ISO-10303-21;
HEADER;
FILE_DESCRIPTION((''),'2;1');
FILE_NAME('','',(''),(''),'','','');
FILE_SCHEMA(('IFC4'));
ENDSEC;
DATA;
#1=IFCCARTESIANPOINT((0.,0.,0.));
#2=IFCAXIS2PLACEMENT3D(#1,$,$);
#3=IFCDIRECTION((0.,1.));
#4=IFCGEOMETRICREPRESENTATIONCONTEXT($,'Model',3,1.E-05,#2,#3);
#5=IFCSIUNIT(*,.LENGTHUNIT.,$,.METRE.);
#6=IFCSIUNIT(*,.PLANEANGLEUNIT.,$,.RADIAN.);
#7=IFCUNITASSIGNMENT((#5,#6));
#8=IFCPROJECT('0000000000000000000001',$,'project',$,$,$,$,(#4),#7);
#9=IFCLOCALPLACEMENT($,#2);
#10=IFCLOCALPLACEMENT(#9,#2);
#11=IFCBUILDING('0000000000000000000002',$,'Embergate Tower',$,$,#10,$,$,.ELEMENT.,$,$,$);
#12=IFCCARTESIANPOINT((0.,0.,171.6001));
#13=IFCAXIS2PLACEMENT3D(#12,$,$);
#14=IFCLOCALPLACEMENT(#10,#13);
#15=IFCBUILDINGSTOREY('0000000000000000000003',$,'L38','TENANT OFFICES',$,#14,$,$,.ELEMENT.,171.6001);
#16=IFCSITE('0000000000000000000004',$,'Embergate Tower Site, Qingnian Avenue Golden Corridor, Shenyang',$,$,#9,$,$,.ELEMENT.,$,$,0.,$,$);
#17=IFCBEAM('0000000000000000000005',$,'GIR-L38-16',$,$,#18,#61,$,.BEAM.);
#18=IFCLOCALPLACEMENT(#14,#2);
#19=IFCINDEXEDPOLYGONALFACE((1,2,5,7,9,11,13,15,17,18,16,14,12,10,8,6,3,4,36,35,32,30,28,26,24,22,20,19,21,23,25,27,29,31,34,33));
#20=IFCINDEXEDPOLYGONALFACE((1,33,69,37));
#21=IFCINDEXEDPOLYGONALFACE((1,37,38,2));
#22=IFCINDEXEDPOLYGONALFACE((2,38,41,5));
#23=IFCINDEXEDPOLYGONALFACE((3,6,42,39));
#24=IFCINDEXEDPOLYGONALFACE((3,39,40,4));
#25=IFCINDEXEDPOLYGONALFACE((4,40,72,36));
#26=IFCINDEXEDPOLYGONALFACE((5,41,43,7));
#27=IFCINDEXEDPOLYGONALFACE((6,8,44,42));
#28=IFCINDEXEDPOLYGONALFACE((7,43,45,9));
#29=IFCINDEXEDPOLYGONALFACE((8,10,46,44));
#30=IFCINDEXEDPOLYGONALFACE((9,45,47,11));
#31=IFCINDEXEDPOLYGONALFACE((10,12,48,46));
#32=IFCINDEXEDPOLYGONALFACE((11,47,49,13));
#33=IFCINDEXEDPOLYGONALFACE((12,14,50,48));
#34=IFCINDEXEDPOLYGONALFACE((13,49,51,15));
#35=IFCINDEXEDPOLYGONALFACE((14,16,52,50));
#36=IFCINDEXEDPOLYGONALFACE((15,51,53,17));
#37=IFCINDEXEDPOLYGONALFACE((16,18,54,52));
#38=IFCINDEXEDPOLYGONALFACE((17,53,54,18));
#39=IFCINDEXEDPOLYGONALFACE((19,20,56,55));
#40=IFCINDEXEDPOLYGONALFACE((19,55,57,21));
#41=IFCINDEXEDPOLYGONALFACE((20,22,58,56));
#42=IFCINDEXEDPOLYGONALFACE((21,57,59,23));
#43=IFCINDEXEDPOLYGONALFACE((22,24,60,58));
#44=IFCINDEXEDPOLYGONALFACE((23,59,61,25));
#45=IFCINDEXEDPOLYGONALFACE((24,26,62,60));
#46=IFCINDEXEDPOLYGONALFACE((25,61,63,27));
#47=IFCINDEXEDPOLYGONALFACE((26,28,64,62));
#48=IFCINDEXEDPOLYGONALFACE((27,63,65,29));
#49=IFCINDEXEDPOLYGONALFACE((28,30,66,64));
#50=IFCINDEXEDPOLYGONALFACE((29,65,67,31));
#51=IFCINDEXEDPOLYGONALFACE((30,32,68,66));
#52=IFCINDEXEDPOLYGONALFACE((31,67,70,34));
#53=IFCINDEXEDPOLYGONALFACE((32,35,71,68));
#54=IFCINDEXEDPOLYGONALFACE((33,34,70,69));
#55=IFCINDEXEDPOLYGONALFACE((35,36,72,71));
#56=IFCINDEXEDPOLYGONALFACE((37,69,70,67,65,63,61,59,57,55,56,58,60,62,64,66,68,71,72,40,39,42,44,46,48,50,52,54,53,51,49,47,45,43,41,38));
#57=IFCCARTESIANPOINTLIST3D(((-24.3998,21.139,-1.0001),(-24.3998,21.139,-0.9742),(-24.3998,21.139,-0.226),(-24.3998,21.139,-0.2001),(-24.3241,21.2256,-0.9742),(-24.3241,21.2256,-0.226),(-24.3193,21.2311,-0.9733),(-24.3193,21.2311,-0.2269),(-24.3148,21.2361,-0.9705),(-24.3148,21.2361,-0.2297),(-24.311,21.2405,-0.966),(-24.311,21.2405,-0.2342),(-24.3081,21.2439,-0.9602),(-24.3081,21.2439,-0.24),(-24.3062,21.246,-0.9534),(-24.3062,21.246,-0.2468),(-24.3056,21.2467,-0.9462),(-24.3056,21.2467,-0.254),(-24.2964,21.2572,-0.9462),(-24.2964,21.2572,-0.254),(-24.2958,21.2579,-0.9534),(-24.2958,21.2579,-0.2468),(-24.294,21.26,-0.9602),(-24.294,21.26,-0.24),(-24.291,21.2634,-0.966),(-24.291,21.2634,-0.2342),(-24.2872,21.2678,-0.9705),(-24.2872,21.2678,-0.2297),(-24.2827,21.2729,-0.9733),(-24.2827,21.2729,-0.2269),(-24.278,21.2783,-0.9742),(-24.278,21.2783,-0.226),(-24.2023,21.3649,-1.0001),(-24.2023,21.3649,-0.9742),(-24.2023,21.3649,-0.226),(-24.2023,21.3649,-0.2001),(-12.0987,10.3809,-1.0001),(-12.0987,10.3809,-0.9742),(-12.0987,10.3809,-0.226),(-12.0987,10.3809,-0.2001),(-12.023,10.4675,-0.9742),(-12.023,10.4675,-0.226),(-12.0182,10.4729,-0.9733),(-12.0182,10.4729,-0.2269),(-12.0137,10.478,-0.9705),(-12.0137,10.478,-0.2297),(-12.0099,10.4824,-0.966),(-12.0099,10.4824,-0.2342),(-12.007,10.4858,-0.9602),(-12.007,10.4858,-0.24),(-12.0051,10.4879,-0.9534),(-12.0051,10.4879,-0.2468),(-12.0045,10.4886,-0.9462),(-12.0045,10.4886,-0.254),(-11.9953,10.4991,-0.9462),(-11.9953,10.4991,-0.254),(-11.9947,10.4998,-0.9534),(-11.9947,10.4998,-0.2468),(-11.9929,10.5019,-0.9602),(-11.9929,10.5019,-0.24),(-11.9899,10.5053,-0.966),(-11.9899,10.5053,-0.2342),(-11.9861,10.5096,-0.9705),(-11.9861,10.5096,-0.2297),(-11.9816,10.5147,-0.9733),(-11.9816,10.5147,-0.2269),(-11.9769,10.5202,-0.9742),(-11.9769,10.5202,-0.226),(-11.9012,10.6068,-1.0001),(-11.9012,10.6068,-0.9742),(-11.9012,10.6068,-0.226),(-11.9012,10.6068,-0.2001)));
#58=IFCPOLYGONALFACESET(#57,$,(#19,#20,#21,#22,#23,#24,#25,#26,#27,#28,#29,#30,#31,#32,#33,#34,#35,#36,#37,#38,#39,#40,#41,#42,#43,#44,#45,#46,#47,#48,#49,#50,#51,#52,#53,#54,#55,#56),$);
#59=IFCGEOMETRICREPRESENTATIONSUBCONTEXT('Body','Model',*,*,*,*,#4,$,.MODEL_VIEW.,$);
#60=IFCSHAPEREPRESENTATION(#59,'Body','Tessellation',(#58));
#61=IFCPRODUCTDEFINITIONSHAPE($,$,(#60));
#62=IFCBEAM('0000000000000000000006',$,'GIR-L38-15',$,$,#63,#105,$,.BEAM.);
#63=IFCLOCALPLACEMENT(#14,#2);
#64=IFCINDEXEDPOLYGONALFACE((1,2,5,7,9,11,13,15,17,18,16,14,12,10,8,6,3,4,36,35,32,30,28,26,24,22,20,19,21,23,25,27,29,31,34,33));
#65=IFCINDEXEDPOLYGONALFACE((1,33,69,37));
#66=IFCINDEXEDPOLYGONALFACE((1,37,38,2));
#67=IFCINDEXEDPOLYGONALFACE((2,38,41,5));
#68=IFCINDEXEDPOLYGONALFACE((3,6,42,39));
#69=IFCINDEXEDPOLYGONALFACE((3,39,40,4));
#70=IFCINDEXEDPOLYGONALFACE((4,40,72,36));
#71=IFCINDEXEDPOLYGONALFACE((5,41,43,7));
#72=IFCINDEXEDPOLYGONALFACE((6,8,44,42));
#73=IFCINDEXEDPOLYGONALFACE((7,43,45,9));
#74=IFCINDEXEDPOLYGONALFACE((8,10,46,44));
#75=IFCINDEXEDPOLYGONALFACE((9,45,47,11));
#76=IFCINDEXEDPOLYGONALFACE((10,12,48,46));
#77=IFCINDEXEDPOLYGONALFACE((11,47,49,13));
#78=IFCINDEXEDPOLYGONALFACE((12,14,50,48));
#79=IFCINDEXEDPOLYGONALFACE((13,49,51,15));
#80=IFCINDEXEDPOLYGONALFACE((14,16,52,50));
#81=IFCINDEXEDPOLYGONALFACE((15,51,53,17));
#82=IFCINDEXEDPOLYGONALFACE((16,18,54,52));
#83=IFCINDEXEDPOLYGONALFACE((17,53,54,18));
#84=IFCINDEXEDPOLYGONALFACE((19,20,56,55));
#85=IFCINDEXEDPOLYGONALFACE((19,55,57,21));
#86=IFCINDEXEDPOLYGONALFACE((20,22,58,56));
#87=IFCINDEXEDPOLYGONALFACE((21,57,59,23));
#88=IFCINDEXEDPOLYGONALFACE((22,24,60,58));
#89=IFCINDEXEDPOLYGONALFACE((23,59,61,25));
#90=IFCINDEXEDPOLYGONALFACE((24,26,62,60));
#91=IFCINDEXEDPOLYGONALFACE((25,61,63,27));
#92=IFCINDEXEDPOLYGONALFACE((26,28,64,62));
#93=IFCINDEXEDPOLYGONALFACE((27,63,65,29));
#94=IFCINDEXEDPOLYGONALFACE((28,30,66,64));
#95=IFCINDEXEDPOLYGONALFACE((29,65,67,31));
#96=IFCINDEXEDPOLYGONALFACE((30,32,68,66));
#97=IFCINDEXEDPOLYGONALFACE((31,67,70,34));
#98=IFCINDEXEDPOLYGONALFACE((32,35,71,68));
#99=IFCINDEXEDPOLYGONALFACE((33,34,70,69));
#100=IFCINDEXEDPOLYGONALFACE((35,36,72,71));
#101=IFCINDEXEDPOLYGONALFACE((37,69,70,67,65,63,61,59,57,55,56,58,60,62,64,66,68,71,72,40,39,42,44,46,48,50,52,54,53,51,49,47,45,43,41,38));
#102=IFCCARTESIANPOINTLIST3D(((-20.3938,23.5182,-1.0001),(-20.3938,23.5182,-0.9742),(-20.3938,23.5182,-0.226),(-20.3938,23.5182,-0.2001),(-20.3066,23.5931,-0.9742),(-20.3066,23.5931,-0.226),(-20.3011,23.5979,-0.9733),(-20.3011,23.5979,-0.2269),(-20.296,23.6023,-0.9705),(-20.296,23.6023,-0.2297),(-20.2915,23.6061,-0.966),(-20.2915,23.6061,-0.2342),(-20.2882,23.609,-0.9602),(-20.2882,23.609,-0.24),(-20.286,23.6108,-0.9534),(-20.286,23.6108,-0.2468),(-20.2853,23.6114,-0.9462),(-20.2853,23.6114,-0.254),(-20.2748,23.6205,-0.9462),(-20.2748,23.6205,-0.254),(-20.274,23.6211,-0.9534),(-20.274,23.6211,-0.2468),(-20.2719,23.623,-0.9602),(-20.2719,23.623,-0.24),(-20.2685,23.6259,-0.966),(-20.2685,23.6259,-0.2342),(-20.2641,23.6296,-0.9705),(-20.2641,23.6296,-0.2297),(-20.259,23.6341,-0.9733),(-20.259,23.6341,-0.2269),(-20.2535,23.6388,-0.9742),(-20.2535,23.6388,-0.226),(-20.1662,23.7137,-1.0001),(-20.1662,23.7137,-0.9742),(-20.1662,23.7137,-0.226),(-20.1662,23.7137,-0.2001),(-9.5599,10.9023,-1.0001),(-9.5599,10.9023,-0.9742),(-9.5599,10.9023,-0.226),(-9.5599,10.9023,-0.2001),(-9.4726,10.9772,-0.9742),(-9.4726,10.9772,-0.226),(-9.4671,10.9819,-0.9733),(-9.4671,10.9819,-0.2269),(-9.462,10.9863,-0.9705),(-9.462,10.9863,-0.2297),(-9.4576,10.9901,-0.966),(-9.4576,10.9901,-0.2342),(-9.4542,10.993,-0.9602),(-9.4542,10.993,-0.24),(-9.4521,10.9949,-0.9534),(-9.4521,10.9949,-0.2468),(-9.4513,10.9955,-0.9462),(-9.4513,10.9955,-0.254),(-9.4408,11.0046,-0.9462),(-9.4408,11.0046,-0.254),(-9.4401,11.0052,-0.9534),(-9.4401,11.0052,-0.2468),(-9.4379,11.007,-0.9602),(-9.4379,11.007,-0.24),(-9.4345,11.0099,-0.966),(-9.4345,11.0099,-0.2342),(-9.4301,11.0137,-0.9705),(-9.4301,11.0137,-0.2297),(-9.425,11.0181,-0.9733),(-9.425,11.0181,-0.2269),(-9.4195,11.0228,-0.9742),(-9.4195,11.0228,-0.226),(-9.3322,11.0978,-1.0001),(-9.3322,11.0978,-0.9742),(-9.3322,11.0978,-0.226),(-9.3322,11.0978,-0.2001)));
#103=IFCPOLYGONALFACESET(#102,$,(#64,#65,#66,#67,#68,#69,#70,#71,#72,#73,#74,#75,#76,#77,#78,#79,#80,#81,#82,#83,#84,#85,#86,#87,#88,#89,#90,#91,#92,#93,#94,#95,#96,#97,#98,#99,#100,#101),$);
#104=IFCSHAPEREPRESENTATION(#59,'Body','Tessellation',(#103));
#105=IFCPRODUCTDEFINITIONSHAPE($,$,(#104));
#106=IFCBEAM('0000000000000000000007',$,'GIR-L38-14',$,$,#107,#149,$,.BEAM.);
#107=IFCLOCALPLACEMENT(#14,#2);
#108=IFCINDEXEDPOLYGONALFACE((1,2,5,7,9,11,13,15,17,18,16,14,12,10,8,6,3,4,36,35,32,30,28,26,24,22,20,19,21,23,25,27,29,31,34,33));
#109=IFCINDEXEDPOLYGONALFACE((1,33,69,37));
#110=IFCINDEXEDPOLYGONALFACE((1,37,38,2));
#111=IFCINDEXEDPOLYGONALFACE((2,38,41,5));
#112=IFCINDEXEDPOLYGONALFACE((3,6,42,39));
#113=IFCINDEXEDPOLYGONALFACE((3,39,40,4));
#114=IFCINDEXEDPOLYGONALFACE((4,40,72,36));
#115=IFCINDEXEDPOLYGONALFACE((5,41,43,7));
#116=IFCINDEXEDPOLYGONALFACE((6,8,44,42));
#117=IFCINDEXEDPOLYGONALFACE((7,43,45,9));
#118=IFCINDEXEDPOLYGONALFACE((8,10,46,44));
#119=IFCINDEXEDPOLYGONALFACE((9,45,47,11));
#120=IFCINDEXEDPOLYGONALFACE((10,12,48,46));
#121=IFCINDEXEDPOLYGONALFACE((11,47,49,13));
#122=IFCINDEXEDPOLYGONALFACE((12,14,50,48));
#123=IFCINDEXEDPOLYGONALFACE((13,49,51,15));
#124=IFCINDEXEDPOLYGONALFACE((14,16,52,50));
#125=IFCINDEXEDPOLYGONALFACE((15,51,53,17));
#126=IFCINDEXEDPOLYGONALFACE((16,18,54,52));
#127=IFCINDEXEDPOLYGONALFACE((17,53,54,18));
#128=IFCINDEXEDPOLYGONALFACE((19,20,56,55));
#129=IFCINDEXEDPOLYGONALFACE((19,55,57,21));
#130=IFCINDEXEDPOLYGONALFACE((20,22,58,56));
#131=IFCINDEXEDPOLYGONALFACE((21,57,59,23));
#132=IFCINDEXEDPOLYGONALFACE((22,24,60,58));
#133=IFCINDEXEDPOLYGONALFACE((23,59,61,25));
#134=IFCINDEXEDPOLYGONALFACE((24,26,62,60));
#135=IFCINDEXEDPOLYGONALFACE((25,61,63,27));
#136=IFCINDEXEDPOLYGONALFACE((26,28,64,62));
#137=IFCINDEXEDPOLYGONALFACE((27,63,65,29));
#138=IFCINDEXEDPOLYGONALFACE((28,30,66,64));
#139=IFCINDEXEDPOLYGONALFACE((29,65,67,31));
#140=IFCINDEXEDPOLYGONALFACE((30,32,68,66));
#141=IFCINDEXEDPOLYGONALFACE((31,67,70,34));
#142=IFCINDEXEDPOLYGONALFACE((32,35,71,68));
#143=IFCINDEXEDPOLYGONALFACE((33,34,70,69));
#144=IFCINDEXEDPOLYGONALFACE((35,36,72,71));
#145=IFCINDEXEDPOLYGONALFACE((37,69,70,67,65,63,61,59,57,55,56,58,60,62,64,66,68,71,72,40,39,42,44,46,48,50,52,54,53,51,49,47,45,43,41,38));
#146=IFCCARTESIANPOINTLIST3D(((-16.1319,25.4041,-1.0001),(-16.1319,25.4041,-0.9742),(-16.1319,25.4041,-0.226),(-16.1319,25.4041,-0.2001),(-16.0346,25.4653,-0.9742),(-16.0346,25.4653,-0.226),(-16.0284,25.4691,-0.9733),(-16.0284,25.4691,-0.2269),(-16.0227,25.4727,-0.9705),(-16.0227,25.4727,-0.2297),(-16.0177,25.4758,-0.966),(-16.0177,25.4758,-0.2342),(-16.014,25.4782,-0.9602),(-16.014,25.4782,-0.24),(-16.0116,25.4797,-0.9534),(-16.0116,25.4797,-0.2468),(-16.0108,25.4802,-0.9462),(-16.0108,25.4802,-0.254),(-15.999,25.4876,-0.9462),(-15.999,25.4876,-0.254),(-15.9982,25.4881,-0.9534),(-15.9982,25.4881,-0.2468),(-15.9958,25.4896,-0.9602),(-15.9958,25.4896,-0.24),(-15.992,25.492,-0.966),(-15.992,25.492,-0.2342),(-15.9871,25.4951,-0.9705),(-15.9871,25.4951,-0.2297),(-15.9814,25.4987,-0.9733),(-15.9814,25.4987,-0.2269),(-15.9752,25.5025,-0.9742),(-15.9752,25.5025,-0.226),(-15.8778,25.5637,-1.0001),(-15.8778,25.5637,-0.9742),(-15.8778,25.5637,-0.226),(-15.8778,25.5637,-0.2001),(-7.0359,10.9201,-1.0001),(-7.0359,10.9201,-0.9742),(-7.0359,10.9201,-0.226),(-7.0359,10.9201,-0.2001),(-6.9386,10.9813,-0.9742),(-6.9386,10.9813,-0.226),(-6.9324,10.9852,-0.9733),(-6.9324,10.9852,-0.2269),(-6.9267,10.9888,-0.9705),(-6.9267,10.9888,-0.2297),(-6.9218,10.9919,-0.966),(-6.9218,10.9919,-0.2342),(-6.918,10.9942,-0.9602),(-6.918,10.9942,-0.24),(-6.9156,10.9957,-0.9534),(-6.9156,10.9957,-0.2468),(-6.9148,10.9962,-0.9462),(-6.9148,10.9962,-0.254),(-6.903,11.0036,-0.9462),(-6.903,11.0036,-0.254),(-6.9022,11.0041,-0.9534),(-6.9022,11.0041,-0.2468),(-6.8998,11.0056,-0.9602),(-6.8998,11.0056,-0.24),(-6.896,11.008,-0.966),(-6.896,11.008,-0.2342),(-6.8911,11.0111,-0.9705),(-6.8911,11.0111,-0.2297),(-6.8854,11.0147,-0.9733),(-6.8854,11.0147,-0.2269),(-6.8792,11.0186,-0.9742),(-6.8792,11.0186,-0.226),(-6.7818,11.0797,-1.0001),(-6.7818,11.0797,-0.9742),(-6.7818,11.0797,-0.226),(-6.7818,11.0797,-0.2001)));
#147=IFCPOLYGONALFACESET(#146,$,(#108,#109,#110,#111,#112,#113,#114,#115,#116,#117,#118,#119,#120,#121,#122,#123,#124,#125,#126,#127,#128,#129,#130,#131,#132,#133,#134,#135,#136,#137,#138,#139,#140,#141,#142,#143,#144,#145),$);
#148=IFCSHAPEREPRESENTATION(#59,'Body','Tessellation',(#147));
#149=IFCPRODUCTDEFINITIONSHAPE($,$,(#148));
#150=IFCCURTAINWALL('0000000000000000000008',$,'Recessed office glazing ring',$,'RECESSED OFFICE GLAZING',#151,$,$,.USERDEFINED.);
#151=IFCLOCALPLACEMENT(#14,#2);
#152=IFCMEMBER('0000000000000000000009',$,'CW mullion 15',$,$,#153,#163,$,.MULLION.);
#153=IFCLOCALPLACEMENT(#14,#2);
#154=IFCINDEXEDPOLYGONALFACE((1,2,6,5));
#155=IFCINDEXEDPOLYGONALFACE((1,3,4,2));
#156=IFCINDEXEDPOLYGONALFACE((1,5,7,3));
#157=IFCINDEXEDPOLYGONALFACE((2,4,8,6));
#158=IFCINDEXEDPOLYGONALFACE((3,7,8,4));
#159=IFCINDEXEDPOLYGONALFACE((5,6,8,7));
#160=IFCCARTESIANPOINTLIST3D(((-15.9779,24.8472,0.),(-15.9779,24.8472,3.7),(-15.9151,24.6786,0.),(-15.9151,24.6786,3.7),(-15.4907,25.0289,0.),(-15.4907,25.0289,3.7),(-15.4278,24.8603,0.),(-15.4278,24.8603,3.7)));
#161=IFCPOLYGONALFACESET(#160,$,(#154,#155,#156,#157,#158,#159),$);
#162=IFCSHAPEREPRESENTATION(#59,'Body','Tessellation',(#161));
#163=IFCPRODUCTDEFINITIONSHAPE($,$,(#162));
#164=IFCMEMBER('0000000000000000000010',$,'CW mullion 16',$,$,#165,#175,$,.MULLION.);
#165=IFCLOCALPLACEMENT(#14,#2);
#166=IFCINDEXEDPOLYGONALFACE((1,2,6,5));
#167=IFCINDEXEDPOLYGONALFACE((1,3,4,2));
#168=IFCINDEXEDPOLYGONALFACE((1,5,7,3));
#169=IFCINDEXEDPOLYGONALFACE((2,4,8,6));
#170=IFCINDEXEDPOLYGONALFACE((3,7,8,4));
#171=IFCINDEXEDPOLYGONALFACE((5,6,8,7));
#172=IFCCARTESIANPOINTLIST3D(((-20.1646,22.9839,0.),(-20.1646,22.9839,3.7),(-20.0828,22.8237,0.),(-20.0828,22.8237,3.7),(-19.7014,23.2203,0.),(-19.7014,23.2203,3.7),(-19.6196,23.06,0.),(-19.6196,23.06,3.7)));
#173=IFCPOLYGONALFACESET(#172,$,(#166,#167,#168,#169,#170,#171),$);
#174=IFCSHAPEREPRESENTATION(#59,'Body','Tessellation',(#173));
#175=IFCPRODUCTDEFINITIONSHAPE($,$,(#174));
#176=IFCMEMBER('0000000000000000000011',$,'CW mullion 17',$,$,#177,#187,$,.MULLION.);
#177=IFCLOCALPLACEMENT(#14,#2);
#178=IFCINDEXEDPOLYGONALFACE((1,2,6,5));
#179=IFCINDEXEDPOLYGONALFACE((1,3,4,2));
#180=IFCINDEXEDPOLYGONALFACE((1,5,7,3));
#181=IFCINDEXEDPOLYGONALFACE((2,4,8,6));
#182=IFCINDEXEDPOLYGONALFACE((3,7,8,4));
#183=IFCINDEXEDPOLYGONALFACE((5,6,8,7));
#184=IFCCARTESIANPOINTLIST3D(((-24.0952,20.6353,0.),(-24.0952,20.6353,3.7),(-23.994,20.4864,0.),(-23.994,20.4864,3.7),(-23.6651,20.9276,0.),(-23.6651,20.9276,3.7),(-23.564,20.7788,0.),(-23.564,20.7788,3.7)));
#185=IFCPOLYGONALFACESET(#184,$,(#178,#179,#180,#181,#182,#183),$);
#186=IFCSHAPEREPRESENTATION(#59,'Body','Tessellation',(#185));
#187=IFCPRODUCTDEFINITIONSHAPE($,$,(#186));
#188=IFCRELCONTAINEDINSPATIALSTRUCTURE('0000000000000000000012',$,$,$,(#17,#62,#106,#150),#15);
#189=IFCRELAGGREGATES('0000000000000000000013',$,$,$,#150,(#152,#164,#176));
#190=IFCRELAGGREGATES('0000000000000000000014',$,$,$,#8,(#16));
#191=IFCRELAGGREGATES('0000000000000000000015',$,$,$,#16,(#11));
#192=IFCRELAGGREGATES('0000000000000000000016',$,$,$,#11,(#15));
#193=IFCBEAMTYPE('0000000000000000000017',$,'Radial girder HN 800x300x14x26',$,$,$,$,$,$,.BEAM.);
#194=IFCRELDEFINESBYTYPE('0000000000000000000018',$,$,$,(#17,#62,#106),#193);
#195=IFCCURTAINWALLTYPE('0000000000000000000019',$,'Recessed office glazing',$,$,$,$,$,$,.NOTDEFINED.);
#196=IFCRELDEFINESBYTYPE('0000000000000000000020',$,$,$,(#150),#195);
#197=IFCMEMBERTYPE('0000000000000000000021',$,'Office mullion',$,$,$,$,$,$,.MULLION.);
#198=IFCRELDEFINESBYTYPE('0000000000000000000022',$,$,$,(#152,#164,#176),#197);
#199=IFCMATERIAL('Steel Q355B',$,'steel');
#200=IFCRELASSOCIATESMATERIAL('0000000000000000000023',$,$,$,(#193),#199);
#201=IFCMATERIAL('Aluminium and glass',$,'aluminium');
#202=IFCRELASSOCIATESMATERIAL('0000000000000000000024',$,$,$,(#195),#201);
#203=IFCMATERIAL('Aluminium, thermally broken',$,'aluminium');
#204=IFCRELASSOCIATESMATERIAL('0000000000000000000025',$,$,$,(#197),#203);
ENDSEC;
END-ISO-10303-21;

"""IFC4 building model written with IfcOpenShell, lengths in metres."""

from ifc_helpers import new_model, si_unit, direction, frame, origin, origin_2d, place, context, subcontext, project, spatial, rectangle, i_section, extrude, source, transform, mapped, material, material_profile, profile_set, type_object, element, aggregate, save


model = new_model("IFC4")

# Units and contexts
model_context = context("Model", 3, precision=1e-05, world=origin(), true_north=direction((0.0, 1.0)))
body_context = subcontext(model_context, "Body", "Model", "MODEL_VIEW")
ifc_project = project(units=[si_unit("LENGTHUNIT", "METRE"), si_unit("PLANEANGLEUNIT", "RADIAN")], contexts=[model_context])

# Site, building, storey
site_placement = place(None, origin())
site = spatial("IfcSite", under=ifc_project, at=site_placement, Name="Embergate Tower Site, Qingnian Avenue Golden Corridor, Shenyang", CompositionType="ELEMENT", RefElevation=0.0)
building_placement = place(site_placement, origin())
building = spatial("IfcBuilding", under=site, at=building_placement, Name="Embergate Tower", CompositionType="ELEMENT")
storey_placement = place(building_placement, frame((0.0, 0.0, 171.6001)))
storey = spatial("IfcBuildingStorey", under=building, at=storey_placement, Name="L38", Description="TENANT OFFICES", CompositionType="ELEMENT", Elevation=171.6001)

# Beams
ifc_material_1 = material(Name="Steel Q355B", Category="steel")
ifc_material_profile_1 = material_profile(ifc_material_1, i_section(OverallWidth=0.3, OverallDepth=0.8, WebThickness=0.0139, FlangeThickness=0.0259, FilletRadius=0.0281, at=origin_2d()), Name="HN 800x300x14x26")
ifc_profile_set_1 = profile_set([ifc_material_profile_1], Name="Steel Q355 grade B")
beam_type_1 = type_object("IfcBeamType", Name="Radial girder HN 800x300x14x26", PredefinedType="BEAM", material=ifc_profile_set_1)
shared_shape_1 = source(origin(), body_context, "Body", "SweptSolid", [
    extrude(i_section(OverallWidth=0.3, OverallDepth=0.8, WebThickness=0.0139, FlangeThickness=0.0259, FilletRadius=0.0281, at=origin_2d()), origin(), (0.0, 0.0, 1.0), 16.3418),
])
beam_1_placement = place(storey_placement, frame((-24.301, 21.252, -0.6001), z_axis=(0.752739, -0.658319, 0.0), x_axis=(0.658319, 0.752739, 0.0)))
element("IfcBeam", 1, at=beam_1_placement, inside=storey, type_object=beam_type_1, Name="GIR-L38-16", PredefinedType="BEAM", context=body_context, shape_type="MappedRepresentation", body=[
    mapped(shared_shape_1, transform((0.0, 0.0, 0.0))),
])
shared_shape_2 = source(origin(), body_context, "Body", "SweptSolid", [
    extrude(i_section(OverallWidth=0.3, OverallDepth=0.8, WebThickness=0.0139, FlangeThickness=0.0259, FilletRadius=0.0281, at=origin_2d()), origin(), (0.0, 0.0, 1.0), 16.6294),
])
beam_2_placement = place(storey_placement, frame((-20.28, 23.616, -0.6001), z_axis=(0.651495, -0.758653, 0.0), x_axis=(0.758653, 0.651495, 0.0)))
element("IfcBeam", 2, at=beam_2_placement, inside=storey, type_object=beam_type_1, Name="GIR-L38-15", PredefinedType="BEAM", context=body_context, shape_type="MappedRepresentation", body=[
    mapped(shared_shape_2, transform((0.0, 0.0, 0.0))),
])
shared_shape_3 = source(origin(), body_context, "Body", "SweptSolid", [
    extrude(i_section(OverallWidth=0.3, OverallDepth=0.8, WebThickness=0.0139, FlangeThickness=0.0259, FilletRadius=0.0281, at=origin_2d()), origin(), (0.0, 0.0, 1.0), 17.1033),
])
beam_3_placement = place(storey_placement, frame((-16.0049, 25.4839, -0.6001), z_axis=(0.531827, -0.846853, 0.0), x_axis=(0.846853, 0.531827, 0.0)))
element("IfcBeam", 3, at=beam_3_placement, inside=storey, type_object=beam_type_1, Name="GIR-L38-14", PredefinedType="BEAM", context=body_context, shape_type="MappedRepresentation", body=[
    mapped(shared_shape_3, transform((0.0, 0.0, 0.0))),
])

# Curtain wall, members
ifc_material_2 = material(Name="Aluminium and glass", Category="aluminium")
curtain_wall_type = type_object("IfcCurtainWallType", Name="Recessed office glazing", PredefinedType="NOTDEFINED", material=ifc_material_2)
curtain_wall_placement = place(storey_placement, origin())
curtain_wall = element("IfcCurtainWall", 4, at=curtain_wall_placement, inside=storey, type_object=curtain_wall_type, Name="Recessed office glazing ring", ObjectType="RECESSED OFFICE GLAZING", PredefinedType="USERDEFINED")
ifc_material_3 = material(Name="Aluminium, thermally broken", Category="aluminium")
ifc_material_profile_2 = material_profile(ifc_material_3, rectangle(XDim=0.1799, YDim=0.52, at=origin_2d()), Name="AL 520x180")
ifc_profile_set_2 = profile_set([ifc_material_profile_2], Name="Aluminium, thermally broken")
member_type_1 = type_object("IfcMemberType", Name="Office mullion", PredefinedType="MULLION", material=ifc_profile_set_2)
shared_shape_4 = source(origin(), body_context, "Body", "SweptSolid", [
    extrude(rectangle(XDim=0.1799, YDim=0.52, at=origin_2d()), origin(), (0.0, 0.0, 1.0), 3.7),
])
member_1_placement = place(storey_placement, frame((-15.7029, 24.8538, 0.0), z_axis=(0.0, 0.0, 1.0), x_axis=(0.349498, -0.936937, 0.0)))
member_1 = element("IfcMember", 5, at=member_1_placement, type_object=member_type_1, Name="CW mullion 15", PredefinedType="MULLION", context=body_context, shape_type="MappedRepresentation", body=[
    mapped(shared_shape_4, transform((0.0, 0.0, 0.0))),
])
member_2_placement = place(storey_placement, frame((-19.8921, 23.022, 0.0), z_axis=(0.0, 0.0, 1.0), x_axis=(0.454505, -0.890744, 0.0)))
member_2 = element("IfcMember", 6, at=member_2_placement, type_object=member_type_1, Name="CW mullion 16", PredefinedType="MULLION", context=body_context, shape_type="MappedRepresentation", body=[
    mapped(shared_shape_4, transform((0.0, 0.0, 0.0))),
])
member_3_placement = place(storey_placement, frame((-23.8296, 20.707, 0.0), z_axis=(0.0, 0.0, 1.0), x_axis=(0.56221, -0.826994, 0.0)))
member_3 = element("IfcMember", 7, at=member_3_placement, type_object=member_type_1, Name="CW mullion 17", PredefinedType="MULLION", context=body_context, shape_type="MappedRepresentation", body=[
    mapped(shared_shape_4, transform((0.0, 0.0, 0.0))),
])
aggregate(curtain_wall, [member_1, member_2, member_3])

save(model, "model.ifc")
